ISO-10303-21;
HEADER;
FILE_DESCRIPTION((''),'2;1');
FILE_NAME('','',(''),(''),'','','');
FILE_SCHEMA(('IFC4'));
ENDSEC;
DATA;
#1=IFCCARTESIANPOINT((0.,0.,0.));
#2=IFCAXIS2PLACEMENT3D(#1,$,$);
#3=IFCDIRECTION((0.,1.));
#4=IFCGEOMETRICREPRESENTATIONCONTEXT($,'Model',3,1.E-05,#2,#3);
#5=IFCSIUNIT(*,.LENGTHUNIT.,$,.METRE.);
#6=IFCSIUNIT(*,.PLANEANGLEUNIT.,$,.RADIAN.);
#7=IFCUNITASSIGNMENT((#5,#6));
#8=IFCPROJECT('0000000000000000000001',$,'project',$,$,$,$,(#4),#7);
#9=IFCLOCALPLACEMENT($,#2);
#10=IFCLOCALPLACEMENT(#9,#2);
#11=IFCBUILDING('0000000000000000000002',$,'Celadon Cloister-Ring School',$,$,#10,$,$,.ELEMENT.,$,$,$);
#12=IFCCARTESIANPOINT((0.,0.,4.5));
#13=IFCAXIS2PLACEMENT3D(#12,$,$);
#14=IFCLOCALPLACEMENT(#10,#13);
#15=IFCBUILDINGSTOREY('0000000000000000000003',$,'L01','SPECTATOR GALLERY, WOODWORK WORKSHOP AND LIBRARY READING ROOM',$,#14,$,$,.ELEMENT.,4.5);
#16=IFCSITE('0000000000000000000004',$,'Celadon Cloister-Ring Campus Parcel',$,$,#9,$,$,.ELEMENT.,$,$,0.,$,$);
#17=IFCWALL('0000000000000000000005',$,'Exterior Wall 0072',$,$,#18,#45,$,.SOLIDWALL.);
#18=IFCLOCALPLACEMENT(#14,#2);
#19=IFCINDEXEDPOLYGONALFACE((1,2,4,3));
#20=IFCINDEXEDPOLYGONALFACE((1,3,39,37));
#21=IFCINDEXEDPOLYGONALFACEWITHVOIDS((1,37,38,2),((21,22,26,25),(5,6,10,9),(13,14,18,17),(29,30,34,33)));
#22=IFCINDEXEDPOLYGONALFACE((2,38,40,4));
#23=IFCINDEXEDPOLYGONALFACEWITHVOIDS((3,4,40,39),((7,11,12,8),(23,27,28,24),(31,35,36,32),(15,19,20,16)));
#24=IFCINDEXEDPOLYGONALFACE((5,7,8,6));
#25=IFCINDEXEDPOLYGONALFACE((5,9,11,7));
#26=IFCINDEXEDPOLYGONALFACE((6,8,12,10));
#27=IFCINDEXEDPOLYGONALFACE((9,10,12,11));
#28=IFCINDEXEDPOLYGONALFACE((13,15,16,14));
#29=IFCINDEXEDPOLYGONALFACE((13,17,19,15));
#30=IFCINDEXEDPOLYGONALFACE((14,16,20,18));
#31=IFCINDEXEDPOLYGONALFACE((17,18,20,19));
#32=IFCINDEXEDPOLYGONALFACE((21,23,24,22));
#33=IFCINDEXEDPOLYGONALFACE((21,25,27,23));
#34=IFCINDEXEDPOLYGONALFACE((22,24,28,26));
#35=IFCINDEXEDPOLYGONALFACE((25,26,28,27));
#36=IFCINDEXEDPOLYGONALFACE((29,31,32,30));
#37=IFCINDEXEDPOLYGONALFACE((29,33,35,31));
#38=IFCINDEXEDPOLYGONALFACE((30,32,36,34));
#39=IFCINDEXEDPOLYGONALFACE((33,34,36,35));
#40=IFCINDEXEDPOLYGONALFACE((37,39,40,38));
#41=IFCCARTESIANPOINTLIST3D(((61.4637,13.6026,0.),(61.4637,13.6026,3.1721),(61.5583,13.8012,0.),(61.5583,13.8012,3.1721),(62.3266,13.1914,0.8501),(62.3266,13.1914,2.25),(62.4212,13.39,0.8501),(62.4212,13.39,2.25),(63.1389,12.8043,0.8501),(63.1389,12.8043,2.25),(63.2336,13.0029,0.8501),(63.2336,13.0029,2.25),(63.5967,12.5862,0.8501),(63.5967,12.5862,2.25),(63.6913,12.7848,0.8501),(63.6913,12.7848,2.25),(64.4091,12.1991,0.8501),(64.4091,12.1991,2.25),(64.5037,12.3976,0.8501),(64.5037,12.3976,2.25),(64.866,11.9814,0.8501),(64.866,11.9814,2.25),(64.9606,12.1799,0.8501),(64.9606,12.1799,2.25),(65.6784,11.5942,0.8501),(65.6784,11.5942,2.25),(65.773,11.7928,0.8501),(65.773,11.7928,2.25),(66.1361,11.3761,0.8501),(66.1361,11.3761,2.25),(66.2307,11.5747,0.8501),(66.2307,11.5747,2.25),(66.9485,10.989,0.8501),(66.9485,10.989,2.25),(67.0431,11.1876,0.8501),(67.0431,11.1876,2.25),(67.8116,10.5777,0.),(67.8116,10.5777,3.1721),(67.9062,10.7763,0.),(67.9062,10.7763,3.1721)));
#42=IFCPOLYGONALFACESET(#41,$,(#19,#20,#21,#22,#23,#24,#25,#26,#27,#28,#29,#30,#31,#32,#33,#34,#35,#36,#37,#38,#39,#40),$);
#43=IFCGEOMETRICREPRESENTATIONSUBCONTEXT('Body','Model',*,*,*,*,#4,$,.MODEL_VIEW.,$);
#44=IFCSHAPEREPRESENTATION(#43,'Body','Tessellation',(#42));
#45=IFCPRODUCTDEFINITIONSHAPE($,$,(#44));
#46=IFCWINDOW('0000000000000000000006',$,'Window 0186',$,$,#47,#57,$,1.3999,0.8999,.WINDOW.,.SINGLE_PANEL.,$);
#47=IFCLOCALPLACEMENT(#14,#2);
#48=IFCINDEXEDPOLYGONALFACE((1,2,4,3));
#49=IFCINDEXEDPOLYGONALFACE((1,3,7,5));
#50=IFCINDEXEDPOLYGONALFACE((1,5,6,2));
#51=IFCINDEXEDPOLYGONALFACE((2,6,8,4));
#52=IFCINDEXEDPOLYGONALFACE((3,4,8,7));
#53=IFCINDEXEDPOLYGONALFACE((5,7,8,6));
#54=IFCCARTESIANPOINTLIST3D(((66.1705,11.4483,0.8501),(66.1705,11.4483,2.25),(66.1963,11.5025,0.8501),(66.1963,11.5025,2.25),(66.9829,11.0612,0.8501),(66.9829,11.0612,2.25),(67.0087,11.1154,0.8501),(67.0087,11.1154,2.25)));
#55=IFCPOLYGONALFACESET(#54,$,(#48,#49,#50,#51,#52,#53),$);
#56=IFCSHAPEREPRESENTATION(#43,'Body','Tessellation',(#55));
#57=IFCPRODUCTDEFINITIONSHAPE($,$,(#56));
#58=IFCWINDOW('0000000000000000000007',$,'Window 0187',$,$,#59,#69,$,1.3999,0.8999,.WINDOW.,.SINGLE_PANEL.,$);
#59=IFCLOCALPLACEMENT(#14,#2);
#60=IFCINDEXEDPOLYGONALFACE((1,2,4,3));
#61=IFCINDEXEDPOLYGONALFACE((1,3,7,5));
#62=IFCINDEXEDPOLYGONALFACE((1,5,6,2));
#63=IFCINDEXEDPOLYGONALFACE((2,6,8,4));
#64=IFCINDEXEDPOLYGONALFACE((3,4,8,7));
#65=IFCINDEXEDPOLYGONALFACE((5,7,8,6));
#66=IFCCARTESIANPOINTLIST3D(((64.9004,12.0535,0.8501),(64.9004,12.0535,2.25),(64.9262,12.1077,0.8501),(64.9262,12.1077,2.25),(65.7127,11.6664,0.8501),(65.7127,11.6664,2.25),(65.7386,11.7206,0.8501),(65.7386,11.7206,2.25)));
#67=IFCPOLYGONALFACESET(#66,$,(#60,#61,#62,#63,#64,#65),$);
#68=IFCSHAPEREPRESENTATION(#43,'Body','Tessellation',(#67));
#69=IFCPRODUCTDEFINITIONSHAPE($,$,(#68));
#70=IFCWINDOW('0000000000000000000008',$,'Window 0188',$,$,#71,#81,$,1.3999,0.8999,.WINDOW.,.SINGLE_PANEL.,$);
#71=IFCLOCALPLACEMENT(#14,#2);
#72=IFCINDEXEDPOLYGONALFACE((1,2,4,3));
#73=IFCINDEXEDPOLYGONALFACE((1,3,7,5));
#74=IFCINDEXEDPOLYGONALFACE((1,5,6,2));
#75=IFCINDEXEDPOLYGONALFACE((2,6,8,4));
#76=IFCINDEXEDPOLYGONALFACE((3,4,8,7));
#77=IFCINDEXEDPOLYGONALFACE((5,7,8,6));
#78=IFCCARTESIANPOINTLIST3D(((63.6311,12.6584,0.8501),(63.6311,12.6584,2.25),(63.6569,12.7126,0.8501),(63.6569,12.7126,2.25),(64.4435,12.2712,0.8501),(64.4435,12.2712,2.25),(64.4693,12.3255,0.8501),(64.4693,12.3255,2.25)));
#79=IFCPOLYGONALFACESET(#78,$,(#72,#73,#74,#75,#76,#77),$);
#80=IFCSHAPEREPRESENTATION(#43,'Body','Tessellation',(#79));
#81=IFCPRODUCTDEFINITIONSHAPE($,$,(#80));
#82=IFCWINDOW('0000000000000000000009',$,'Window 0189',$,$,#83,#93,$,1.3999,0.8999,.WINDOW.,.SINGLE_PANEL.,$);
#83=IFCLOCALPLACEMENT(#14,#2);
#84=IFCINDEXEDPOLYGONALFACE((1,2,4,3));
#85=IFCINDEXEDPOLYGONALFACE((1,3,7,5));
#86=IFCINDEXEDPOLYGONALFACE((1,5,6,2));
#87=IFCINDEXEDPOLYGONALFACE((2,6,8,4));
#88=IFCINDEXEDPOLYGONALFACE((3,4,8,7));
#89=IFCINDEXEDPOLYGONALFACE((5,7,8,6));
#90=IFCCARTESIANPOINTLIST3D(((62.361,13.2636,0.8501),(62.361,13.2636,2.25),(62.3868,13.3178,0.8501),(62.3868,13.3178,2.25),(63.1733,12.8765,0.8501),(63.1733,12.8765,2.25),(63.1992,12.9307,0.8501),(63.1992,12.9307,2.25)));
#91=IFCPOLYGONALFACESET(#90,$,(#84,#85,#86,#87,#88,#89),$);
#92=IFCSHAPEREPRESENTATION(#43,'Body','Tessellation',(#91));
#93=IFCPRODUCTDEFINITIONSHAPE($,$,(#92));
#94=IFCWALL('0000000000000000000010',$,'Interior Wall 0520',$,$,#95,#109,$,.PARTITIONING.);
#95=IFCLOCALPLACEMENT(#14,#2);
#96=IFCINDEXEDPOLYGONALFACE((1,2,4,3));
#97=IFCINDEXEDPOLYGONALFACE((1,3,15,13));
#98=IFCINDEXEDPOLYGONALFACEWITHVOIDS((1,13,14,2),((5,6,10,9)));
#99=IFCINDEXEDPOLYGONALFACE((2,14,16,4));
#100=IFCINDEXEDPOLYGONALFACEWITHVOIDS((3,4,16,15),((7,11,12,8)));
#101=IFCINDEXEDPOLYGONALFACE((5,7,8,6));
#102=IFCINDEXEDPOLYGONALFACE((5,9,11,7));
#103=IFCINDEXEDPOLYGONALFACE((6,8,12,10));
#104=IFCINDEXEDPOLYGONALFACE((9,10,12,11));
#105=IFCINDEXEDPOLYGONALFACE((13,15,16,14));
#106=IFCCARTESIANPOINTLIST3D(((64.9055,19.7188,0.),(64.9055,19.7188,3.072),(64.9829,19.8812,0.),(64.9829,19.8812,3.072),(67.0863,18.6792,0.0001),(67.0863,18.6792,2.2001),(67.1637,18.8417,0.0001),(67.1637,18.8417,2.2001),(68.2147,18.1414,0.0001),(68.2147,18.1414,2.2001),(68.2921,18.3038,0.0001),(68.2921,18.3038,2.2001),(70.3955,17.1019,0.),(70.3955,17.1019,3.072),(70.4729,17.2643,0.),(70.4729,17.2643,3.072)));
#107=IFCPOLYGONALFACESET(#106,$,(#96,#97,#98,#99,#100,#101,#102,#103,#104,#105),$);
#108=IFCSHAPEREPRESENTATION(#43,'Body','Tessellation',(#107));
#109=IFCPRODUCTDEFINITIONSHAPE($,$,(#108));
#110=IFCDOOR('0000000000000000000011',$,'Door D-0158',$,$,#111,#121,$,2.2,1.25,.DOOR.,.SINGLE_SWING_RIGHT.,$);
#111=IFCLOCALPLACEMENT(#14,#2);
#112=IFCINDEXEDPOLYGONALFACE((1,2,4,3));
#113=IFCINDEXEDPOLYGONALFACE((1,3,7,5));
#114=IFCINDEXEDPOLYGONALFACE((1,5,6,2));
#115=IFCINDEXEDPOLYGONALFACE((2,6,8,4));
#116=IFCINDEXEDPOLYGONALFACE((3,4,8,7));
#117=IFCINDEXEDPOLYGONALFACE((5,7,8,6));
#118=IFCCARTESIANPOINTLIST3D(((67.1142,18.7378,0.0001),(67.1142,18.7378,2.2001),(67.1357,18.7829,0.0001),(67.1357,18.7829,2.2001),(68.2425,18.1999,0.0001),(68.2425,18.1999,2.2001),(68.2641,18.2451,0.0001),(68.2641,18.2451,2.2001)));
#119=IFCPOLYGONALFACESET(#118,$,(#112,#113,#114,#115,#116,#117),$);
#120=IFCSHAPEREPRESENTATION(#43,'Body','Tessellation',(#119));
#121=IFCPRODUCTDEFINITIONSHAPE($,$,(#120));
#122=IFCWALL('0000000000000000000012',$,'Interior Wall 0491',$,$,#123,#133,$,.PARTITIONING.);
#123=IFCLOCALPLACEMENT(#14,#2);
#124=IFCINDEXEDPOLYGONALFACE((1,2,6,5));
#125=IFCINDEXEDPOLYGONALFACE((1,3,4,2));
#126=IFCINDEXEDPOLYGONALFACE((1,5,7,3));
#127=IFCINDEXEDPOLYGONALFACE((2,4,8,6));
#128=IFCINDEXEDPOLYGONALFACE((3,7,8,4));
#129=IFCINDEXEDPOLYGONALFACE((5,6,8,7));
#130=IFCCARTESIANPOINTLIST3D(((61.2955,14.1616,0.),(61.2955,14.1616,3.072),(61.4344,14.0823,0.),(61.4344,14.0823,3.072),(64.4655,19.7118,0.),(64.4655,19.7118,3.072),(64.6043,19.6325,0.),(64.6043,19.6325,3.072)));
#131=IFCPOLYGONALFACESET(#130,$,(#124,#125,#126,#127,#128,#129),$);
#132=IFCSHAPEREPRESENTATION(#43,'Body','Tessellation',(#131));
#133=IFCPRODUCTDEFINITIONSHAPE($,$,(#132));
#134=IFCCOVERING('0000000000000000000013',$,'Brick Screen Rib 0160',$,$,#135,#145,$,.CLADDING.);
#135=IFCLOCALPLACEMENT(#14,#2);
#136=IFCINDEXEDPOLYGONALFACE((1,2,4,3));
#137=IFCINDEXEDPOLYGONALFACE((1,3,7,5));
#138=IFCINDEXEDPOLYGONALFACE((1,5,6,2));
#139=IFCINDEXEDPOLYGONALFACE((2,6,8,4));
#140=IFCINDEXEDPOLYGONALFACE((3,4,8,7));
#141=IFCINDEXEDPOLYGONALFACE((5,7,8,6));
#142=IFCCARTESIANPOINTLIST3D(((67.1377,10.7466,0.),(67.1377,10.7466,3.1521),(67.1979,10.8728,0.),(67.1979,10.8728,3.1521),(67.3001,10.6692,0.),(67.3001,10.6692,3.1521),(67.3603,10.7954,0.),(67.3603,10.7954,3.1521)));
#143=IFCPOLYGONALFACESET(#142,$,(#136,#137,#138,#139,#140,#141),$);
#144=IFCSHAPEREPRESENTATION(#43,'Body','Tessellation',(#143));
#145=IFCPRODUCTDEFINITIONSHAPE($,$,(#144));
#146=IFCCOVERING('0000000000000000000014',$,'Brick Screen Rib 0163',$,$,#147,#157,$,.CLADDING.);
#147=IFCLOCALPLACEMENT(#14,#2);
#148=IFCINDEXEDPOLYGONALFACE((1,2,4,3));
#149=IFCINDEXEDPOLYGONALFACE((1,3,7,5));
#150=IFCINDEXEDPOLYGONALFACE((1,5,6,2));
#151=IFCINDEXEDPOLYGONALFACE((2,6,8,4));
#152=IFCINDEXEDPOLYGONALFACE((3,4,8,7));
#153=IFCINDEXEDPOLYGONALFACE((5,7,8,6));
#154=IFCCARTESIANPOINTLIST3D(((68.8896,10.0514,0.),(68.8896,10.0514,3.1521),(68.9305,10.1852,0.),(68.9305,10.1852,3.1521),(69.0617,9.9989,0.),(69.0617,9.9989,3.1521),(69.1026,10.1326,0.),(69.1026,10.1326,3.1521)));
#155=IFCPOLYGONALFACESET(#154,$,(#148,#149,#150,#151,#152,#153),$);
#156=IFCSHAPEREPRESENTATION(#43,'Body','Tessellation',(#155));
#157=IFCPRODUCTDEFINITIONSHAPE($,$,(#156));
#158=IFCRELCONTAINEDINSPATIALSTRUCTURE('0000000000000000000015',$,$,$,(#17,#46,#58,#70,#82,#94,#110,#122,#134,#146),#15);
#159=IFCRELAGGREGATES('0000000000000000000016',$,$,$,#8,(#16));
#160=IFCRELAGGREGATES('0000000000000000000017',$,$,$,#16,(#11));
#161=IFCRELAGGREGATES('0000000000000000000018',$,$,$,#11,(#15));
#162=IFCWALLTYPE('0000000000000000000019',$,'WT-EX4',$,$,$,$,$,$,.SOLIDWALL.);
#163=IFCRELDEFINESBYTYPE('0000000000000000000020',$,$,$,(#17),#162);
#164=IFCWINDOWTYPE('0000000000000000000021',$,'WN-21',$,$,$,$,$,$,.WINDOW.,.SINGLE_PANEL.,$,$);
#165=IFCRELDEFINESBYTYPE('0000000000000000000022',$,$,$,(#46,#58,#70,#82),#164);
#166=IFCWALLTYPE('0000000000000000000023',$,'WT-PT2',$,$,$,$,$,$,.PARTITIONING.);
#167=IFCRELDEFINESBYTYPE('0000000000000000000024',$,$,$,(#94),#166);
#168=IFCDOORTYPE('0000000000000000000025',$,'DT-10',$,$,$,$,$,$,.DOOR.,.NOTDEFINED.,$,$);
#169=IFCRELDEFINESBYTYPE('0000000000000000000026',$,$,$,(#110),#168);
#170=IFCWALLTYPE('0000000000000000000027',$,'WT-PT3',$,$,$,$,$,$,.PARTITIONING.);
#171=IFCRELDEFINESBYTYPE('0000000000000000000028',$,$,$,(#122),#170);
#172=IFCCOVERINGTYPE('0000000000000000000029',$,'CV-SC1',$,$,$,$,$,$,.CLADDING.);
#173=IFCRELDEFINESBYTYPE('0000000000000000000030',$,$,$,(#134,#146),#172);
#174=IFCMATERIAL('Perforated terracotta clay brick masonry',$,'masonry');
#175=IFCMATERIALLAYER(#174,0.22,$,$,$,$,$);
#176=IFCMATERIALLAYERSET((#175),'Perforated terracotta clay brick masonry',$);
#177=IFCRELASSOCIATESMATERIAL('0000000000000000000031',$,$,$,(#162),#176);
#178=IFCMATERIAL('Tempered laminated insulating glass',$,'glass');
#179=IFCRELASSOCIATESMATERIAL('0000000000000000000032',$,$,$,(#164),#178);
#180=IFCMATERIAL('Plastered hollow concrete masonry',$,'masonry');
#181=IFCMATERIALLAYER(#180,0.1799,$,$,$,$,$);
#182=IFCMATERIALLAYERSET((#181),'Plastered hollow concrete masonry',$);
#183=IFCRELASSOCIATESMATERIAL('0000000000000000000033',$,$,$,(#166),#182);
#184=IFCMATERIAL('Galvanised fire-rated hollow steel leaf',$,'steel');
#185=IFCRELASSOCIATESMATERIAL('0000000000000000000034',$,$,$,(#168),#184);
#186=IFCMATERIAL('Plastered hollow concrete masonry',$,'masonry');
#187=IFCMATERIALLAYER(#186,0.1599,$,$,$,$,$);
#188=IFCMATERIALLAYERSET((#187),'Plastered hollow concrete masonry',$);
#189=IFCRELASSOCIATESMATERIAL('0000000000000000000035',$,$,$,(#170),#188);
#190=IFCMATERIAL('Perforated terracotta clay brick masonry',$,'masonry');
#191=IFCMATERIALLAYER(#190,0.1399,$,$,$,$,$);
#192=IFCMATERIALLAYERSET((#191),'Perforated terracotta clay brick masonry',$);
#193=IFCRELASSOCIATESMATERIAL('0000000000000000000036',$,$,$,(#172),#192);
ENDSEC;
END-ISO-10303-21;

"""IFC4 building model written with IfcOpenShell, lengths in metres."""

from ifc_helpers import new_model, si_unit, direction, frame, frame_2d, origin, origin_2d, place, context, subcontext, project, spatial, rectangle, extrude, material, layer, layer_set, type_object, element, fill, save


model = new_model("IFC4")

# Units and contexts
model_context = context("Model", 3, precision=1e-05, world=origin(), true_north=direction((0.0, 1.0)))
body_context = subcontext(model_context, "Body", "Model", "MODEL_VIEW")
ifc_project = project(units=[si_unit("LENGTHUNIT", "METRE"), si_unit("PLANEANGLEUNIT", "RADIAN")], contexts=[model_context])

# Site, building, storey
site_placement = place(None, origin())
site = spatial("IfcSite", under=ifc_project, at=site_placement, Name="Celadon Cloister-Ring Campus Parcel", CompositionType="ELEMENT", RefElevation=0.0)
building_placement = place(site_placement, origin())
building = spatial("IfcBuilding", under=site, at=building_placement, Name="Celadon Cloister-Ring School", CompositionType="ELEMENT")
storey_placement = place(building_placement, frame((0.0, 0.0, 4.5)))
storey = spatial("IfcBuildingStorey", under=building, at=storey_placement, Name="L01", Description="SPECTATOR GALLERY, WOODWORK WORKSHOP AND LIBRARY READING ROOM", CompositionType="ELEMENT", Elevation=4.5)

# Wall, openings, windows
ifc_material_1 = material(Name="Perforated terracotta clay brick masonry", Category="masonry")
ifc_layer_1 = layer(ifc_material_1, 0.22)
ifc_layer_set_1 = layer_set([ifc_layer_1], Name="Perforated terracotta clay brick masonry")
wall_type_1 = type_object("IfcWallType", Name="WT-EX4", PredefinedType="SOLIDWALL", material=ifc_layer_set_1)
wall_1_placement = place(storey_placement, frame((67.8589, 10.677, 0.0), z_axis=(0.0, 0.0, 1.0), x_axis=(-0.902745, 0.430176, 0.0)))
wall_1 = element("IfcWall", 1, at=wall_1_placement, inside=storey, type_object=wall_type_1, Name="Exterior Wall 0072", PredefinedType="SOLIDWALL", context=body_context, shape_type="SweptSolid", body=[
    extrude(rectangle(XDim=7.0317, YDim=0.22, at=frame_2d((3.5159, 0.0))), origin(), (0.0, 0.0, 1.0), 3.1721),
])
opening_1_placement = place(wall_1_placement, frame((0.9561, 0.0, 0.8501)))
opening_1 = element("IfcOpeningElement", 2, at=opening_1_placement, cuts=wall_1, PredefinedType="OPENING", context=body_context, shape_type="SweptSolid", body=[
    extrude(rectangle(XDim=0.8999, YDim=1.3999, at=frame_2d((0.45, 0.7))), frame((0.0, 0.1201, 0.0), z_axis=(0.0, -1.0, 0.0), x_axis=(1.0, 0.0, 0.0)), (0.0, 0.0, 1.0), 0.24),
])
opening_2_placement = place(wall_1_placement, frame((2.363, 0.0, 0.8501)))
opening_2 = element("IfcOpeningElement", 3, at=opening_2_placement, cuts=wall_1, PredefinedType="OPENING", context=body_context, shape_type="SweptSolid", body=[
    extrude(rectangle(XDim=0.8999, YDim=1.3999, at=frame_2d((0.45, 0.7))), frame((0.0, 0.1201, 0.0), z_axis=(0.0, -1.0, 0.0), x_axis=(1.0, 0.0, 0.0)), (0.0, 0.0, 1.0), 0.24),
])
opening_3_placement = place(wall_1_placement, frame((3.769, 0.0, 0.8501)))
opening_3 = element("IfcOpeningElement", 4, at=opening_3_placement, cuts=wall_1, PredefinedType="OPENING", context=body_context, shape_type="SweptSolid", body=[
    extrude(rectangle(XDim=0.8999, YDim=1.3999, at=frame_2d((0.45, 0.7))), frame((0.0, 0.1201, 0.0), z_axis=(0.0, -1.0, 0.0), x_axis=(1.0, 0.0, 0.0)), (0.0, 0.0, 1.0), 0.24),
])
opening_4_placement = place(wall_1_placement, frame((5.176, 0.0, 0.8501)))
opening_4 = element("IfcOpeningElement", 5, at=opening_4_placement, cuts=wall_1, PredefinedType="OPENING", context=body_context, shape_type="SweptSolid", body=[
    extrude(rectangle(XDim=0.8999, YDim=1.3999, at=frame_2d((0.45, 0.7))), frame((0.0, 0.1201, 0.0), z_axis=(0.0, -1.0, 0.0), x_axis=(1.0, 0.0, 0.0)), (0.0, 0.0, 1.0), 0.24),
])
ifc_material_2 = material(Name="Tempered laminated insulating glass", Category="glass")
window_type = type_object("IfcWindowType", Name="WN-21", PartitioningType="SINGLE_PANEL", PredefinedType="WINDOW", material=ifc_material_2)
window_1_placement = place(opening_1_placement, origin())
window_1 = element("IfcWindow", 6, at=window_1_placement, inside=storey, type_object=window_type, Name="Window 0186", OverallHeight=1.3999, OverallWidth=0.8999, PartitioningType="SINGLE_PANEL", PredefinedType="WINDOW", context=body_context, shape_type="SweptSolid", body=[
    extrude(rectangle(XDim=0.8999, YDim=1.3999, at=frame_2d((0.45, 0.7))), frame((0.0, 0.03, 0.0), z_axis=(0.0, -1.0, 0.0), x_axis=(1.0, 0.0, 0.0)), (0.0, 0.0, 1.0), 0.0601),
])
fill(opening_1, window_1)
window_2_placement = place(opening_2_placement, origin())
window_2 = element("IfcWindow", 7, at=window_2_placement, inside=storey, type_object=window_type, Name="Window 0187", OverallHeight=1.3999, OverallWidth=0.8999, PartitioningType="SINGLE_PANEL", PredefinedType="WINDOW", context=body_context, shape_type="SweptSolid", body=[
    extrude(rectangle(XDim=0.8999, YDim=1.3999, at=frame_2d((0.45, 0.7))), frame((0.0, 0.03, 0.0), z_axis=(0.0, -1.0, 0.0), x_axis=(1.0, 0.0, 0.0)), (0.0, 0.0, 1.0), 0.0601),
])
fill(opening_2, window_2)
window_3_placement = place(opening_3_placement, origin())
window_3 = element("IfcWindow", 8, at=window_3_placement, inside=storey, type_object=window_type, Name="Window 0188", OverallHeight=1.3999, OverallWidth=0.8999, PartitioningType="SINGLE_PANEL", PredefinedType="WINDOW", context=body_context, shape_type="SweptSolid", body=[
    extrude(rectangle(XDim=0.8999, YDim=1.3999, at=frame_2d((0.45, 0.7))), frame((0.0, 0.03, 0.0), z_axis=(0.0, -1.0, 0.0), x_axis=(1.0, 0.0, 0.0)), (0.0, 0.0, 1.0), 0.0601),
])
fill(opening_3, window_3)
window_4_placement = place(opening_4_placement, origin())
window_4 = element("IfcWindow", 9, at=window_4_placement, inside=storey, type_object=window_type, Name="Window 0189", OverallHeight=1.3999, OverallWidth=0.8999, PartitioningType="SINGLE_PANEL", PredefinedType="WINDOW", context=body_context, shape_type="SweptSolid", body=[
    extrude(rectangle(XDim=0.8999, YDim=1.3999, at=frame_2d((0.45, 0.7))), frame((0.0, 0.03, 0.0), z_axis=(0.0, -1.0, 0.0), x_axis=(1.0, 0.0, 0.0)), (0.0, 0.0, 1.0), 0.0601),
])
fill(opening_4, window_4)

# Wall, opening, door
ifc_material_3 = material(Name="Plastered hollow concrete masonry", Category="masonry")
ifc_layer_2 = layer(ifc_material_3, 0.1799)
ifc_layer_set_2 = layer_set([ifc_layer_2], Name="Plastered hollow concrete masonry")
wall_type_2 = type_object("IfcWallType", Name="WT-PT2", PredefinedType="PARTITIONING", material=ifc_layer_set_2)
wall_2_placement = place(storey_placement, frame((64.9441, 19.8, 0.0), z_axis=(0.0, 0.0, 1.0), x_axis=(0.902691, -0.43029, 0.0)))
wall_2 = element("IfcWall", 10, at=wall_2_placement, inside=storey, type_object=wall_type_2, Name="Interior Wall 0520", PredefinedType="PARTITIONING", context=body_context, shape_type="SweptSolid", body=[
    extrude(rectangle(XDim=6.0818, YDim=0.1799, at=frame_2d((3.041, 0.0))), origin(), (0.0, 0.0, 1.0), 3.072),
])
opening_5_placement = place(wall_2_placement, frame((2.416, 0.0, 0.0)))
opening_5 = element("IfcOpeningElement", 11, at=opening_5_placement, cuts=wall_2, PredefinedType="OPENING", context=body_context, shape_type="SweptSolid", body=[
    extrude(rectangle(XDim=1.25, YDim=2.2, at=frame_2d((0.625, 1.1001))), frame((0.0, 0.1001, 0.0), z_axis=(0.0, -1.0, 0.0), x_axis=(1.0, 0.0, 0.0)), (0.0, 0.0, 1.0), 0.2),
])
ifc_material_4 = material(Name="Galvanised fire-rated hollow steel leaf", Category="steel")
door_type = type_object("IfcDoorType", Name="DT-10", OperationType="NOTDEFINED", PredefinedType="DOOR", material=ifc_material_4)
door_placement = place(opening_5_placement, origin())
door = element("IfcDoor", 12, at=door_placement, inside=storey, type_object=door_type, Name="Door D-0158", OperationType="SINGLE_SWING_RIGHT", OverallHeight=2.2, OverallWidth=1.25, PredefinedType="DOOR", context=body_context, shape_type="SweptSolid", body=[
    extrude(rectangle(XDim=1.25, YDim=2.2, at=frame_2d((0.625, 1.1001))), frame((0.0, 0.0249, 0.0), z_axis=(0.0, -1.0, 0.0), x_axis=(1.0, 0.0, 0.0)), (0.0, 0.0, 1.0), 0.05),
])
fill(opening_5, door)

# Wall
ifc_material_5 = material(Name="Plastered hollow concrete masonry", Category="masonry")
ifc_layer_3 = layer(ifc_material_5, 0.1599)
ifc_layer_set_3 = layer_set([ifc_layer_3], Name="Plastered hollow concrete masonry")
wall_type_3 = type_object("IfcWallType", Name="WT-PT3", PredefinedType="PARTITIONING", material=ifc_layer_set_3)
wall_3_placement = place(storey_placement, frame((64.5349, 19.6721, 0.0), z_axis=(0.0, 0.0, 1.0), x_axis=(-0.495958, -0.868347, 0.0)))
element("IfcWall", 13, at=wall_3_placement, inside=storey, type_object=wall_type_3, Name="Interior Wall 0491", PredefinedType="PARTITIONING", context=body_context, shape_type="SweptSolid", body=[
    extrude(rectangle(XDim=6.3916, YDim=0.1599, at=frame_2d((3.1958, 0.0))), origin(), (0.0, 0.0, 1.0), 3.072),
])

# Coverings
ifc_material_6 = material(Name="Perforated terracotta clay brick masonry", Category="masonry")
ifc_layer_4 = layer(ifc_material_6, 0.1399)
ifc_layer_set_4 = layer_set([ifc_layer_4], Name="Perforated terracotta clay brick masonry")
covering_type = type_object("IfcCoveringType", Name="CV-SC1", PredefinedType="CLADDING", material=ifc_layer_set_4)
for number, where, z_axis, x_axis, name in (
    (14, (67.249, 10.771, 0.0), (0.0, 0.0, 1.0), (-0.902743, 0.43018, 0.0), "Brick Screen Rib 0160"),
    (15, (68.9961, 10.092, 0.0), (0.0, 0.0, 1.0), (-0.956346, 0.292238, 0.0), "Brick Screen Rib 0163"),
):
    element("IfcCovering", number, at=place(storey_placement, frame(where, z_axis=z_axis, x_axis=x_axis)), inside=storey, type_object=covering_type, Name=name, PredefinedType="CLADDING", context=body_context, shape_type="SweptSolid", body=[
        extrude(rectangle(XDim=0.1799, YDim=0.1399, at=origin_2d()), origin(), (0.0, 0.0, 1.0), 3.1521),
    ])

save(model, "model.ifc")
